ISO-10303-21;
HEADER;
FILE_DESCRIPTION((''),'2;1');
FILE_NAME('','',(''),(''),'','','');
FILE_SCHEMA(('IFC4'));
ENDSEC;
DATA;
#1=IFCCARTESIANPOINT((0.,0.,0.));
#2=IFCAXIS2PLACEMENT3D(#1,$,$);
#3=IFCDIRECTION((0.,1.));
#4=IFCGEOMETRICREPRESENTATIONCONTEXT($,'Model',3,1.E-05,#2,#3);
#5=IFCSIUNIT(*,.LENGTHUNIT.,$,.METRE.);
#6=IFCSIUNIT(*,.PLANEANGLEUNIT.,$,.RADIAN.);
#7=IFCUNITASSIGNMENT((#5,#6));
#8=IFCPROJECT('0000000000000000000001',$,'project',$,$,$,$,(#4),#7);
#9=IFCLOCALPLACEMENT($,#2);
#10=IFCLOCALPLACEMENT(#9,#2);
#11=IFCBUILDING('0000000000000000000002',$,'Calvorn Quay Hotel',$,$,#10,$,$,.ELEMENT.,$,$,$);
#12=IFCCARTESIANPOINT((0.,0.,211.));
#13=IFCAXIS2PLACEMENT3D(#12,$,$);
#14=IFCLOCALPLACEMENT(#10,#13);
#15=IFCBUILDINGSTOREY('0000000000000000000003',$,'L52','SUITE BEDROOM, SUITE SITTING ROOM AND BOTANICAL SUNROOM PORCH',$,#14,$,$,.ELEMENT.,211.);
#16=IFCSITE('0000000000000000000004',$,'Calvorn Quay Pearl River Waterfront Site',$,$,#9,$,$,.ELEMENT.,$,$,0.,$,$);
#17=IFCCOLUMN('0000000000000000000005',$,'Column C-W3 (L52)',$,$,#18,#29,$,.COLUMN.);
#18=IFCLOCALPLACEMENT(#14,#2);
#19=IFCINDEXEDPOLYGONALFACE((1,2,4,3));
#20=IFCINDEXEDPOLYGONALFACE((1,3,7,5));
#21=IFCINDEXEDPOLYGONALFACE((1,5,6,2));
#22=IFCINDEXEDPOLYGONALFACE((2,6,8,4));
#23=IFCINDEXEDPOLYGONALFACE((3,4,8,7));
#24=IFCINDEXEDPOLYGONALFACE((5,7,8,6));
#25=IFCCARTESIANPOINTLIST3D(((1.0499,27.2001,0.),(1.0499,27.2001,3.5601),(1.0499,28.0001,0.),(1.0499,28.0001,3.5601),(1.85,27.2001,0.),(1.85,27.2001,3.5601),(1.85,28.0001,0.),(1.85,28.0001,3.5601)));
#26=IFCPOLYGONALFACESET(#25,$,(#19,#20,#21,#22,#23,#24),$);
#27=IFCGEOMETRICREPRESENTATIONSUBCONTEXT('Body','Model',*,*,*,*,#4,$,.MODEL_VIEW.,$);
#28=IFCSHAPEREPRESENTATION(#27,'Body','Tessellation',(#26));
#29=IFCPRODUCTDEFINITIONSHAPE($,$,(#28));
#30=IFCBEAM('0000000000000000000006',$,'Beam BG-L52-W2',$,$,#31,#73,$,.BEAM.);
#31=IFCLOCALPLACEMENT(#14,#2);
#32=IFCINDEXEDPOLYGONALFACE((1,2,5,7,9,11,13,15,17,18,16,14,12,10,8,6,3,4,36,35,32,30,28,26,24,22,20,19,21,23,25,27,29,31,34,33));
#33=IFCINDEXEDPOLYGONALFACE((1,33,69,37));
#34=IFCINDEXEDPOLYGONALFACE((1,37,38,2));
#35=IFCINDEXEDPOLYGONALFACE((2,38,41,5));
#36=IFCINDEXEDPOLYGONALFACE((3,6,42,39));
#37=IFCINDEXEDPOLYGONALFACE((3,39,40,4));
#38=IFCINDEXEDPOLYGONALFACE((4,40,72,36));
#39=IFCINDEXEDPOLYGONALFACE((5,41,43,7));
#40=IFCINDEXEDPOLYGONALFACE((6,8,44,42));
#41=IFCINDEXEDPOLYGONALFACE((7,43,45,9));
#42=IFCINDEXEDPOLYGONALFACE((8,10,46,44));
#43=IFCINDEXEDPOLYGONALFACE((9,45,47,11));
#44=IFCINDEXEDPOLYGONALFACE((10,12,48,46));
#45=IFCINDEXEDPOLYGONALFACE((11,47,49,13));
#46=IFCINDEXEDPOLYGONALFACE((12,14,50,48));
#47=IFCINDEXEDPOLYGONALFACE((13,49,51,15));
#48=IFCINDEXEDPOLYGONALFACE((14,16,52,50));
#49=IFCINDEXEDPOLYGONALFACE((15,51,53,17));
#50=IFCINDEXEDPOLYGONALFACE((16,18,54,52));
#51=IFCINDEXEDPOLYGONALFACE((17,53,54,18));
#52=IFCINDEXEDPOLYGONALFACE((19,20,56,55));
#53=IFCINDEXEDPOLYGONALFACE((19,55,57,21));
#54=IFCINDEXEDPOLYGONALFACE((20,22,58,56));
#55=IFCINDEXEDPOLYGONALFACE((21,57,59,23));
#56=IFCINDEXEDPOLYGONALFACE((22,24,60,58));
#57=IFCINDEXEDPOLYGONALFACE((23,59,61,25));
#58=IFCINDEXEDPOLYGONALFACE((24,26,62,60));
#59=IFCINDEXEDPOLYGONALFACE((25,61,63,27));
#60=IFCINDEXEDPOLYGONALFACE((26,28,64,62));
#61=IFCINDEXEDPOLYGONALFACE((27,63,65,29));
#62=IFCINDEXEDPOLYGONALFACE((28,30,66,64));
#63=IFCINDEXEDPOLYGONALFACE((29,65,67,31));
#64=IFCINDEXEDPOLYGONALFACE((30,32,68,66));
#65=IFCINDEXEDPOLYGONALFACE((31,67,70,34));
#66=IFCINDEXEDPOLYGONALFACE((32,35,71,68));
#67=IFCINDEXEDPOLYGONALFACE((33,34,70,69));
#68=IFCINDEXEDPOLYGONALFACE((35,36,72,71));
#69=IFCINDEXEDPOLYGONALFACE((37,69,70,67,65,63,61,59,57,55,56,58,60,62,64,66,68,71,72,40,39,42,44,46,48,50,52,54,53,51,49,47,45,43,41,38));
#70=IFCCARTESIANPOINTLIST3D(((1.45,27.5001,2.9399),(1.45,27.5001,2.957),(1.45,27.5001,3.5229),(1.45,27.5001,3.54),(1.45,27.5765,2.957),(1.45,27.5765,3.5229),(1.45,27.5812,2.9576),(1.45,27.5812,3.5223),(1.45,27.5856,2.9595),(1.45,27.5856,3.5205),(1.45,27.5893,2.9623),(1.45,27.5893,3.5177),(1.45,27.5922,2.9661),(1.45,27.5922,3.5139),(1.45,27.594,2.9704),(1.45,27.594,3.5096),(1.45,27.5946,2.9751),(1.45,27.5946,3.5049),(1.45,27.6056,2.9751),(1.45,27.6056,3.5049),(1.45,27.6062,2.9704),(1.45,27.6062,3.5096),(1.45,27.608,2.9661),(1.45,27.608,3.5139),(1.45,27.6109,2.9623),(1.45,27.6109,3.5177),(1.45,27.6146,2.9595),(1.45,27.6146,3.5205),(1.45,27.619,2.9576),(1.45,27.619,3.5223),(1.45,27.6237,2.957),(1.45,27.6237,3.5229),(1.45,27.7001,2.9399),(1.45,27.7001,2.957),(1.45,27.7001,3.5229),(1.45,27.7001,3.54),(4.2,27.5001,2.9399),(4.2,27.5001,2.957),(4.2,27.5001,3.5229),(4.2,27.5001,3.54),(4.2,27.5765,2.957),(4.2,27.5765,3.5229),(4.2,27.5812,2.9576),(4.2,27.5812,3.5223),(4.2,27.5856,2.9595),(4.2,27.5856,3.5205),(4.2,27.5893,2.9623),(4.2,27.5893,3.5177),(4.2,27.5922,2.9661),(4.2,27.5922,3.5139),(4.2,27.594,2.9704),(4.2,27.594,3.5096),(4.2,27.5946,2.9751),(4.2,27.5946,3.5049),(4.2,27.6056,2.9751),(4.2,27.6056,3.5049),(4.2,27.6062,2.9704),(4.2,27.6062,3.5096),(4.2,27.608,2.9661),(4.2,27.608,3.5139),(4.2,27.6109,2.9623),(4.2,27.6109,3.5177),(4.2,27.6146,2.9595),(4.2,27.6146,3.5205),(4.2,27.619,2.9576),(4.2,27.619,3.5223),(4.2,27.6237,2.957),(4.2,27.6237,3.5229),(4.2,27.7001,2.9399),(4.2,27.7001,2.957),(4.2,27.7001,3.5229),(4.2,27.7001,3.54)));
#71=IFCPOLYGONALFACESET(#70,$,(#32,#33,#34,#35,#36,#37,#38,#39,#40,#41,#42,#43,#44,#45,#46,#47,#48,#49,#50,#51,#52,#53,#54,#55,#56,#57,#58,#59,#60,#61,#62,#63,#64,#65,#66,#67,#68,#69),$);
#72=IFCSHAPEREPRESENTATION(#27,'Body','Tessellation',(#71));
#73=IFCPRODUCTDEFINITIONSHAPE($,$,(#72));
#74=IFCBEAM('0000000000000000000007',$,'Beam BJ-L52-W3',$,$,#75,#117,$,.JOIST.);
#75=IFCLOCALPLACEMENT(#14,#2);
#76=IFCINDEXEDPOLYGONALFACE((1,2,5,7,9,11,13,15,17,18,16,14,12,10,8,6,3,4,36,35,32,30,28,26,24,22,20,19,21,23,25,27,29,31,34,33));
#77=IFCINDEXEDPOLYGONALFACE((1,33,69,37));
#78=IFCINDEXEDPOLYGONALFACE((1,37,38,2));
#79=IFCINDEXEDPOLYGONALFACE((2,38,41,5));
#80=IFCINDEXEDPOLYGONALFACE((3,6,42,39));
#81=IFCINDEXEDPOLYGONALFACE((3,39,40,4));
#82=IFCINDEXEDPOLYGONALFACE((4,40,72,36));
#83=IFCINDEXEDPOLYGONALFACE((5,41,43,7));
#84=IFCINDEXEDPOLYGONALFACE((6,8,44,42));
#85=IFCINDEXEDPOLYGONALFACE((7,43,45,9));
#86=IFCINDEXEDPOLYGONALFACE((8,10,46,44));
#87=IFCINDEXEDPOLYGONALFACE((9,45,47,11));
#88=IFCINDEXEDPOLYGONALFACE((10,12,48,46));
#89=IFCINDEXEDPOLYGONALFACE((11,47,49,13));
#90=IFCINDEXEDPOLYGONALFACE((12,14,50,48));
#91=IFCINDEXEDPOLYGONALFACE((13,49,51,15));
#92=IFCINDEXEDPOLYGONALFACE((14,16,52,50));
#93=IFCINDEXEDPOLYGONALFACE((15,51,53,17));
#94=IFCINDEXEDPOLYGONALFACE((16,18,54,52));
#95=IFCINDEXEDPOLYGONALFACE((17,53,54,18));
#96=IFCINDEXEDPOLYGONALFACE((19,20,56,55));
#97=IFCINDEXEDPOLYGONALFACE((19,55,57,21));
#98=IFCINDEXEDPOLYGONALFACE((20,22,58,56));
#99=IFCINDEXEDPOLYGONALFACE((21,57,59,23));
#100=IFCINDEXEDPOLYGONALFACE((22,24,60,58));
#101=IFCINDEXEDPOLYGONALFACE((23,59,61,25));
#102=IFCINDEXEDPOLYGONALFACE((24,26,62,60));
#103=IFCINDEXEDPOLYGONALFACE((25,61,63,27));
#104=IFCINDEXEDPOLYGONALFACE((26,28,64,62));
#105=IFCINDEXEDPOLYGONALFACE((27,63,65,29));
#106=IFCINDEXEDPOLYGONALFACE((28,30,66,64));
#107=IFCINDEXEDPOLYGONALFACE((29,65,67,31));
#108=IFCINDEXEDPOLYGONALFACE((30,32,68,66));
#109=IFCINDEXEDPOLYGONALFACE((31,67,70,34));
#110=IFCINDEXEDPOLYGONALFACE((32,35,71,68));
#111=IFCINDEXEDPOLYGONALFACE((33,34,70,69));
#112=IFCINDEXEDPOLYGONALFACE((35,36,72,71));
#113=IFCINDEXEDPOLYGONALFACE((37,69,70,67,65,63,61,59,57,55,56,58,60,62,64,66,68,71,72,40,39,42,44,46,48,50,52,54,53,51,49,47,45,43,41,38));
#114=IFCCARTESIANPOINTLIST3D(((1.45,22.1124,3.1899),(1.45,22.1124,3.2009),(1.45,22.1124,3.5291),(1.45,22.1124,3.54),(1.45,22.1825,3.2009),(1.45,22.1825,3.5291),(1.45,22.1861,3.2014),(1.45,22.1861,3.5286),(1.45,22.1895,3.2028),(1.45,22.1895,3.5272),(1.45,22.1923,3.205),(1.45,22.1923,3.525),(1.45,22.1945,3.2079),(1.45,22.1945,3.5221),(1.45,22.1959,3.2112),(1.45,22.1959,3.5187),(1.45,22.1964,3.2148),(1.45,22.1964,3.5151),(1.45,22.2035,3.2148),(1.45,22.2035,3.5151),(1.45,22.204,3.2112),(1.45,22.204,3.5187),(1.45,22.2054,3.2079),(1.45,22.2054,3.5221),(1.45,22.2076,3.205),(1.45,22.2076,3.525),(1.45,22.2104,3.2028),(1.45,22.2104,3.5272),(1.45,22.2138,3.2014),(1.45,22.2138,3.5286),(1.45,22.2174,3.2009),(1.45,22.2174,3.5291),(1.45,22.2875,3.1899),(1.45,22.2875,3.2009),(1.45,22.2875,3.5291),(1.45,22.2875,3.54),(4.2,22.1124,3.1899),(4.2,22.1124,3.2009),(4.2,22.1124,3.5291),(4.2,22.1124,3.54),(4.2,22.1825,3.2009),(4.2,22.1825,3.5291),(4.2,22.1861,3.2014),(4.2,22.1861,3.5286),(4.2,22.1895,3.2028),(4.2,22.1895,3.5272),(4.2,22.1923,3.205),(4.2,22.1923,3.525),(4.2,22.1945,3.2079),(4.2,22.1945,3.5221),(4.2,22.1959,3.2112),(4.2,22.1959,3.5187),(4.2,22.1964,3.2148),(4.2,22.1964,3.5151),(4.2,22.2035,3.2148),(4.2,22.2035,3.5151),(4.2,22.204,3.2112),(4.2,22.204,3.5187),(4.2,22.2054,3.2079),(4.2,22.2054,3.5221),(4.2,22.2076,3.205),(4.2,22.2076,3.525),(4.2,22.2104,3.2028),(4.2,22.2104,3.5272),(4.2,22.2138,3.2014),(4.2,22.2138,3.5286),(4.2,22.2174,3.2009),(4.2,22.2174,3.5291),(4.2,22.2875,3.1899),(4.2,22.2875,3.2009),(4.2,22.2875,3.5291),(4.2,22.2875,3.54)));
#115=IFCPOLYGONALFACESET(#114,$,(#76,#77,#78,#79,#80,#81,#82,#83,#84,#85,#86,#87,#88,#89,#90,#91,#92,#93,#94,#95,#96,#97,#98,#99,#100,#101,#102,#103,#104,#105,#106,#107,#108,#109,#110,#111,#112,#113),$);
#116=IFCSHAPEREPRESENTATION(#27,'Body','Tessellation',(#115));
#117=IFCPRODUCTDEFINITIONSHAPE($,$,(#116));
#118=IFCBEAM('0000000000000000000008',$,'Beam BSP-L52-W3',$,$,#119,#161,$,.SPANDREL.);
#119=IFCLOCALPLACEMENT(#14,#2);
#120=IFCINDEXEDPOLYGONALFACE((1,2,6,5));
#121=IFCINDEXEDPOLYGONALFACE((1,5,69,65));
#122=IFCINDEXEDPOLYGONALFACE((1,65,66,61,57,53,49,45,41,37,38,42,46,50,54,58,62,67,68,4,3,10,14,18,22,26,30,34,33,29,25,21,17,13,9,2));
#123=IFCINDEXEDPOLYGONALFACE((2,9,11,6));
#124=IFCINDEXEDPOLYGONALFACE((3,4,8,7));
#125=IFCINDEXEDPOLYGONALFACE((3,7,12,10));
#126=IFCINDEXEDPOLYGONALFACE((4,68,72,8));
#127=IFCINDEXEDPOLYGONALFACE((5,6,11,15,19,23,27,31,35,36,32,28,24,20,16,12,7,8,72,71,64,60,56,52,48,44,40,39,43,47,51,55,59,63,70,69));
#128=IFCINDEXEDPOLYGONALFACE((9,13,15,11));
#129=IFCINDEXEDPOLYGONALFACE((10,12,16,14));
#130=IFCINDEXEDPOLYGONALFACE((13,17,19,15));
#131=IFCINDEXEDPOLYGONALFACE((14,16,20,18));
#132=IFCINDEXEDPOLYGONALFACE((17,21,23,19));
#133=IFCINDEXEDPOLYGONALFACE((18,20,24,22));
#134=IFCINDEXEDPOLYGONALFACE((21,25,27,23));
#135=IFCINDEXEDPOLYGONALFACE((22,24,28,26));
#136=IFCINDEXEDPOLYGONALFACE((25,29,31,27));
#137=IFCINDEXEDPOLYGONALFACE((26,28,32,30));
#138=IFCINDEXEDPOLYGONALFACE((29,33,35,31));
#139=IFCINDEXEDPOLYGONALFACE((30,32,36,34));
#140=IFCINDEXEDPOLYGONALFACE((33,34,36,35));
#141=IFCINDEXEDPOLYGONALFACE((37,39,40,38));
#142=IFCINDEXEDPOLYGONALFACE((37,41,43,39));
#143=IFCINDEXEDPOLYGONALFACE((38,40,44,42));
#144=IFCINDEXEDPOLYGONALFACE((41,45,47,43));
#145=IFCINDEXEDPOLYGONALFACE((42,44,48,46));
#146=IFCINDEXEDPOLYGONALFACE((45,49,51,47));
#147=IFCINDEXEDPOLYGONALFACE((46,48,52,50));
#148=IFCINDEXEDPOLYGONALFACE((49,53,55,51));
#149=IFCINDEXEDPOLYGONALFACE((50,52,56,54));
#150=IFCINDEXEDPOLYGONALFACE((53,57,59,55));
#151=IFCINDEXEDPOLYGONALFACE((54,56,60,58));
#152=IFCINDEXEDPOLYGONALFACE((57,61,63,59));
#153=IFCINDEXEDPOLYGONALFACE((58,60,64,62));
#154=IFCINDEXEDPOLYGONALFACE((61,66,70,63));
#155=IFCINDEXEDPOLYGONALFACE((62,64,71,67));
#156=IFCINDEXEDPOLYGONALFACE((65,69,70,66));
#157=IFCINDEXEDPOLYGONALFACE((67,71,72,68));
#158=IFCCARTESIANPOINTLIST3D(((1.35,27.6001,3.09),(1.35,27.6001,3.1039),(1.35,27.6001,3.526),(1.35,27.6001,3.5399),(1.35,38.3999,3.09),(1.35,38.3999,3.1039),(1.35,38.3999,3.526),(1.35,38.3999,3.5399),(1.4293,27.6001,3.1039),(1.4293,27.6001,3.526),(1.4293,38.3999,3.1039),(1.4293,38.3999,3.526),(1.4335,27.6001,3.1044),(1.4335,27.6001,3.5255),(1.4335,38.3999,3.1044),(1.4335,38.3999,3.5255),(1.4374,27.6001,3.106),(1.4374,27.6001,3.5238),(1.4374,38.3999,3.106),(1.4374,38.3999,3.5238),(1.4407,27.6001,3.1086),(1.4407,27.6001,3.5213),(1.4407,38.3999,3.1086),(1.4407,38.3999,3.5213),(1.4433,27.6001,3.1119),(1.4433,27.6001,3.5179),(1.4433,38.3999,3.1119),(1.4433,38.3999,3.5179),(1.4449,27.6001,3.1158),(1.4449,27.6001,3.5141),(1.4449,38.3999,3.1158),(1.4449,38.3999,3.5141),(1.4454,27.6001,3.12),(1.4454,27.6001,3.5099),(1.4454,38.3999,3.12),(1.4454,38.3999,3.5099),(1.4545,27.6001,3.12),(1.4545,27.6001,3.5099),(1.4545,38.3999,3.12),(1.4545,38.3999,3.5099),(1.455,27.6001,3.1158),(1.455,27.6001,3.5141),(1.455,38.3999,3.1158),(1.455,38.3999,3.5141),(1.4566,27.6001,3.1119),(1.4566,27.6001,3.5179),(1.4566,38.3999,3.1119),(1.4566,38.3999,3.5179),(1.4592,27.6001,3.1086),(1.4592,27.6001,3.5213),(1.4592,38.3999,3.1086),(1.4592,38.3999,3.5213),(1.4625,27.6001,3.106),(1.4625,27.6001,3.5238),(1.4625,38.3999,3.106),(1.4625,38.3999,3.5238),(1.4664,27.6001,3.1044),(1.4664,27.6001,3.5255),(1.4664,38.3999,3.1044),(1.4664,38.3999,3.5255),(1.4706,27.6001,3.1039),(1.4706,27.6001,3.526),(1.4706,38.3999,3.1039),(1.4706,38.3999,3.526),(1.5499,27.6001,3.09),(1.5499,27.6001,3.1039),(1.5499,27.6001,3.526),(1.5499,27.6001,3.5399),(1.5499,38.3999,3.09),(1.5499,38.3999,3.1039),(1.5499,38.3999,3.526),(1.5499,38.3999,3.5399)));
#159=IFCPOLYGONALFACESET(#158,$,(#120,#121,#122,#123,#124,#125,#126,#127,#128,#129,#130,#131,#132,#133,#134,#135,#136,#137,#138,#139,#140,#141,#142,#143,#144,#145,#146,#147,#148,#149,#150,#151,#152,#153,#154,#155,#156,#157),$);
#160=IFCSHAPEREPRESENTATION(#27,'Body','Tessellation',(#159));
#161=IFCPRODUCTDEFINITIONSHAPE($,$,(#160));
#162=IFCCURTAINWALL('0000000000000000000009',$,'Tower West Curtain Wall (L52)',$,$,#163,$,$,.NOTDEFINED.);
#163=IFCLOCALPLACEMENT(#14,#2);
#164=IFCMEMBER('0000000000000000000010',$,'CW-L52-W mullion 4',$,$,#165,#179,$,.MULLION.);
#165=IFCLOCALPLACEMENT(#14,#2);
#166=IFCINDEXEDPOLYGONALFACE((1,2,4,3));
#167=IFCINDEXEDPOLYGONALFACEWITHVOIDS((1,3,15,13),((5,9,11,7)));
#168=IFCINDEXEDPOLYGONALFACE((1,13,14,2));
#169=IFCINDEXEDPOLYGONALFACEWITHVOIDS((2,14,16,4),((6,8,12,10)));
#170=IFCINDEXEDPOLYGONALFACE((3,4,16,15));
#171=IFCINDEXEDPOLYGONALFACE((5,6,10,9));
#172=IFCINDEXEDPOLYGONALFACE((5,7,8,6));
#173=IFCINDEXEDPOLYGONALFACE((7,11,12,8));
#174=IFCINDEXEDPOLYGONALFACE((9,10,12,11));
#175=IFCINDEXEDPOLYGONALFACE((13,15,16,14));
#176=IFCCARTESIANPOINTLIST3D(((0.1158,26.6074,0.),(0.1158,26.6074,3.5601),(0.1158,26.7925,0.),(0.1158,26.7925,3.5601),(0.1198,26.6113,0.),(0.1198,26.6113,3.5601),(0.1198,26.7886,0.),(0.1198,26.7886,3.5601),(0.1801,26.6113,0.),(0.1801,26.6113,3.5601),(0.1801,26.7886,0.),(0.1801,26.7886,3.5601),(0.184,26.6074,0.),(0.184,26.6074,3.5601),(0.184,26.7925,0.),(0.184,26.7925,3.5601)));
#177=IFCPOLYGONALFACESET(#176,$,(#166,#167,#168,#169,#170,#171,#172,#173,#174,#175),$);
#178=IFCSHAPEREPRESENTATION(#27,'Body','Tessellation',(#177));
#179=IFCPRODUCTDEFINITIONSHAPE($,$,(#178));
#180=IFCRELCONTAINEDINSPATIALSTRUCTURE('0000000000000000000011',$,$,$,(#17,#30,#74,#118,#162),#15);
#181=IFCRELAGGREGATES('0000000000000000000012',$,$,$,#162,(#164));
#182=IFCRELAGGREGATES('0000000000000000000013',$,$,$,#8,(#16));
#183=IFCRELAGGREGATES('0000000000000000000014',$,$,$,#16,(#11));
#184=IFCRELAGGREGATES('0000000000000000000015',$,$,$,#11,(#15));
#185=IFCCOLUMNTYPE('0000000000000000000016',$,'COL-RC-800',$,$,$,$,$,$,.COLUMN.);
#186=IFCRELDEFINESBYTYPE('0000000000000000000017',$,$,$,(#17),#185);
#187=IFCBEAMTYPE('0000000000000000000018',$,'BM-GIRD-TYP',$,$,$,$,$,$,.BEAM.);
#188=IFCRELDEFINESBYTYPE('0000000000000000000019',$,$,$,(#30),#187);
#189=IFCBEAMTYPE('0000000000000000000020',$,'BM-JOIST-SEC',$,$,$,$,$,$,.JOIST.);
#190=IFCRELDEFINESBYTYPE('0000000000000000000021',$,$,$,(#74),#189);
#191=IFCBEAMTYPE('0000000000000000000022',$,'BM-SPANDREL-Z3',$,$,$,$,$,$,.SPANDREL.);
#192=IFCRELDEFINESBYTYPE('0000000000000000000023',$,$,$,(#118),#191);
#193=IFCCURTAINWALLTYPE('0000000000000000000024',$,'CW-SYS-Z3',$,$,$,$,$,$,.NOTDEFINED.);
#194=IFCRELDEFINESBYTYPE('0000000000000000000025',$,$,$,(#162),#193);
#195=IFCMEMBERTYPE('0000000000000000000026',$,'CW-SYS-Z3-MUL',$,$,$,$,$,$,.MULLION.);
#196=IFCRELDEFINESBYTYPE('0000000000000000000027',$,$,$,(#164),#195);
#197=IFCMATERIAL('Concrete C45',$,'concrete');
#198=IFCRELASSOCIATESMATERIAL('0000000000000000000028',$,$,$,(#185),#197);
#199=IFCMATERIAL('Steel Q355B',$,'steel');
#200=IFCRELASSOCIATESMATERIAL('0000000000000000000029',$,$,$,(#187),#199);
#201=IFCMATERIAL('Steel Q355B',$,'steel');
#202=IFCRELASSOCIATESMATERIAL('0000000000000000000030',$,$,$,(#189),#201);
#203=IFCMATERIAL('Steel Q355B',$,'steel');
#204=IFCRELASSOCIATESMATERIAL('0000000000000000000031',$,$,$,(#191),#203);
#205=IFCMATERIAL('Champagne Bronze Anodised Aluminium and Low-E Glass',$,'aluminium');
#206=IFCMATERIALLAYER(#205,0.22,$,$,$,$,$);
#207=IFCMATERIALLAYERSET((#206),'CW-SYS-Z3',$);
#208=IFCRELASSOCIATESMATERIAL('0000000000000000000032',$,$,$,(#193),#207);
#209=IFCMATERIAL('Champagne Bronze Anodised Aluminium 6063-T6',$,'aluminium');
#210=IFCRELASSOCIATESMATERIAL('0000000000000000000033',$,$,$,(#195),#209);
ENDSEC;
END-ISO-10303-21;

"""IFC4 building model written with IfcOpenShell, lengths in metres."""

from ifc_helpers import new_model, si_unit, direction, frame, origin, origin_2d, place, context, subcontext, project, spatial, rectangle, hollow_rectangle, i_section, extrude, material, layer, layer_set, material_profile, profile_set, type_object, element, aggregate, save


model = new_model("IFC4")

# Units and contexts
model_context = context("Model", 3, precision=1e-05, world=origin(), true_north=direction((0.0, 1.0)))
body_context = subcontext(model_context, "Body", "Model", "MODEL_VIEW")
ifc_project = project(units=[si_unit("LENGTHUNIT", "METRE"), si_unit("PLANEANGLEUNIT", "RADIAN")], contexts=[model_context])

# Site, building, storey
site_placement = place(None, origin())
site = spatial("IfcSite", under=ifc_project, at=site_placement, Name="Calvorn Quay Pearl River Waterfront Site", CompositionType="ELEMENT", RefElevation=0.0)
building_placement = place(site_placement, origin())
building = spatial("IfcBuilding", under=site, at=building_placement, Name="Calvorn Quay Hotel", CompositionType="ELEMENT")
storey_placement = place(building_placement, frame((0.0, 0.0, 211.0)))
storey = spatial("IfcBuildingStorey", under=building, at=storey_placement, Name="L52", Description="SUITE BEDROOM, SUITE SITTING ROOM AND BOTANICAL SUNROOM PORCH", CompositionType="ELEMENT", Elevation=211.0)

# Column
ifc_material_1 = material(Name="Concrete C45", Category="concrete")
ifc_material_profile_1 = material_profile(ifc_material_1, rectangle(XDim=0.8, YDim=0.8, at=origin_2d()), Name="RC800x800")
ifc_profile_set_1 = profile_set([ifc_material_profile_1], Name="Concrete C45")
column_type = type_object("IfcColumnType", Name="COL-RC-800", PredefinedType="COLUMN", material=ifc_profile_set_1)
column_placement = place(storey_placement, frame((1.45, 27.6001, 0.0), z_axis=(0.0, 0.0, 1.0), x_axis=(1.0, 0.0, 0.0)))
element("IfcColumn", 1, at=column_placement, inside=storey, type_object=column_type, Name="Column C-W3 (L52)", PredefinedType="COLUMN", context=body_context, shape_type="SweptSolid", body=[
    extrude(rectangle(XDim=0.8, YDim=0.8, at=origin_2d()), origin(), (0.0, 0.0, 1.0), 3.5601),
])

# Beams
ifc_material_2 = material(Name="Steel Q355B", Category="steel")
ifc_material_profile_2 = material_profile(ifc_material_2, i_section(OverallWidth=0.2, OverallDepth=0.6001, WebThickness=0.011, FlangeThickness=0.0171, FilletRadius=0.0181, at=origin_2d()), Name="HN600x200x11x17")
ifc_profile_set_2 = profile_set([ifc_material_profile_2], Name="Steel Q355B")
beam_type_1 = type_object("IfcBeamType", Name="BM-GIRD-TYP", PredefinedType="BEAM", material=ifc_profile_set_2)
beam_1_placement = place(storey_placement, frame((1.45, 27.6001, 3.24), z_axis=(1.0, 0.0, 0.0), x_axis=(0.0, 1.0, 0.0)))
element("IfcBeam", 2, at=beam_1_placement, inside=storey, type_object=beam_type_1, Name="Beam BG-L52-W2", PredefinedType="BEAM", context=body_context, shape_type="SweptSolid", body=[
    extrude(i_section(OverallWidth=0.2, OverallDepth=0.6001, WebThickness=0.011, FlangeThickness=0.0171, FilletRadius=0.0181, at=origin_2d()), origin(), (0.0, 0.0, 1.0), 2.75),
])
ifc_material_3 = material(Name="Steel Q355B", Category="steel")
ifc_material_profile_3 = material_profile(ifc_material_3, i_section(OverallWidth=0.175, OverallDepth=0.3501, WebThickness=0.0071, FlangeThickness=0.011, FilletRadius=0.0139, at=origin_2d()), Name="HN350x175x7x11")
ifc_profile_set_3 = profile_set([ifc_material_profile_3], Name="Steel Q355B")
beam_type_2 = type_object("IfcBeamType", Name="BM-JOIST-SEC", PredefinedType="JOIST", material=ifc_profile_set_3)
beam_2_placement = place(storey_placement, frame((1.45, 22.2, 3.365), z_axis=(1.0, 0.0, 0.0), x_axis=(0.0, 1.0, 0.0)))
element("IfcBeam", 3, at=beam_2_placement, inside=storey, type_object=beam_type_2, Name="Beam BJ-L52-W3", PredefinedType="JOIST", context=body_context, shape_type="SweptSolid", body=[
    extrude(i_section(OverallWidth=0.175, OverallDepth=0.3501, WebThickness=0.0071, FlangeThickness=0.011, FilletRadius=0.0139, at=origin_2d()), origin(), (0.0, 0.0, 1.0), 2.75),
])
ifc_material_4 = material(Name="Steel Q355B", Category="steel")
ifc_material_profile_4 = material_profile(ifc_material_4, i_section(OverallWidth=0.2, OverallDepth=0.45, WebThickness=0.009, FlangeThickness=0.0139, FilletRadius=0.0161, at=origin_2d()), Name="HN450x200x9x14")
ifc_profile_set_4 = profile_set([ifc_material_profile_4], Name="Steel Q355B")
beam_type_3 = type_object("IfcBeamType", Name="BM-SPANDREL-Z3", PredefinedType="SPANDREL", material=ifc_profile_set_4)
beam_3_placement = place(storey_placement, frame((1.45, 27.6001, 3.3149), z_axis=(0.0, 1.0, 0.0), x_axis=(-1.0, 0.0, 0.0)))
element("IfcBeam", 4, at=beam_3_placement, inside=storey, type_object=beam_type_3, Name="Beam BSP-L52-W3", PredefinedType="SPANDREL", context=body_context, shape_type="SweptSolid", body=[
    extrude(i_section(OverallWidth=0.2, OverallDepth=0.45, WebThickness=0.009, FlangeThickness=0.0139, FilletRadius=0.0161, at=origin_2d()), origin(), (0.0, 0.0, 1.0), 10.7998),
])

# Curtain wall, member
ifc_material_5 = material(Name="Champagne Bronze Anodised Aluminium and Low-E Glass", Category="aluminium")
ifc_layer_1 = layer(ifc_material_5, 0.22)
ifc_layer_set_1 = layer_set([ifc_layer_1], Name="CW-SYS-Z3")
curtain_wall_type = type_object("IfcCurtainWallType", Name="CW-SYS-Z3", PredefinedType="NOTDEFINED", material=ifc_layer_set_1)
curtain_wall_placement = place(storey_placement, origin())
curtain_wall = element("IfcCurtainWall", 5, at=curtain_wall_placement, inside=storey, type_object=curtain_wall_type, Name="Tower West Curtain Wall (L52)", PredefinedType="NOTDEFINED")
ifc_material_6 = material(Name="Champagne Bronze Anodised Aluminium 6063-T6", Category="aluminium")
ifc_material_profile_5 = material_profile(ifc_material_6, hollow_rectangle(XDim=0.0681, YDim=0.1851, WallThickness=0.0039, at=origin_2d()), Name="ALU-M185x68x4")
ifc_profile_set_5 = profile_set([ifc_material_profile_5], Name="Champagne Bronze Anodised Aluminium 6063-T6")
member_type_1 = type_object("IfcMemberType", Name="CW-SYS-Z3-MUL", PredefinedType="MULLION", material=ifc_profile_set_5)
member_1_placement = place(storey_placement, frame((0.1499, 26.7, 0.0), z_axis=(0.0, 0.0, 1.0), x_axis=(-1.0, 0.0, 0.0)))
member_1 = element("IfcMember", 6, at=member_1_placement, type_object=member_type_1, Name="CW-L52-W mullion 4", PredefinedType="MULLION", context=body_context, shape_type="SweptSolid", body=[
    extrude(hollow_rectangle(XDim=0.0681, YDim=0.1851, WallThickness=0.0039, at=origin_2d()), origin(), (0.0, 0.0, 1.0), 3.5601),
])
aggregate(curtain_wall, [member_1])

save(model, "model.ifc")
